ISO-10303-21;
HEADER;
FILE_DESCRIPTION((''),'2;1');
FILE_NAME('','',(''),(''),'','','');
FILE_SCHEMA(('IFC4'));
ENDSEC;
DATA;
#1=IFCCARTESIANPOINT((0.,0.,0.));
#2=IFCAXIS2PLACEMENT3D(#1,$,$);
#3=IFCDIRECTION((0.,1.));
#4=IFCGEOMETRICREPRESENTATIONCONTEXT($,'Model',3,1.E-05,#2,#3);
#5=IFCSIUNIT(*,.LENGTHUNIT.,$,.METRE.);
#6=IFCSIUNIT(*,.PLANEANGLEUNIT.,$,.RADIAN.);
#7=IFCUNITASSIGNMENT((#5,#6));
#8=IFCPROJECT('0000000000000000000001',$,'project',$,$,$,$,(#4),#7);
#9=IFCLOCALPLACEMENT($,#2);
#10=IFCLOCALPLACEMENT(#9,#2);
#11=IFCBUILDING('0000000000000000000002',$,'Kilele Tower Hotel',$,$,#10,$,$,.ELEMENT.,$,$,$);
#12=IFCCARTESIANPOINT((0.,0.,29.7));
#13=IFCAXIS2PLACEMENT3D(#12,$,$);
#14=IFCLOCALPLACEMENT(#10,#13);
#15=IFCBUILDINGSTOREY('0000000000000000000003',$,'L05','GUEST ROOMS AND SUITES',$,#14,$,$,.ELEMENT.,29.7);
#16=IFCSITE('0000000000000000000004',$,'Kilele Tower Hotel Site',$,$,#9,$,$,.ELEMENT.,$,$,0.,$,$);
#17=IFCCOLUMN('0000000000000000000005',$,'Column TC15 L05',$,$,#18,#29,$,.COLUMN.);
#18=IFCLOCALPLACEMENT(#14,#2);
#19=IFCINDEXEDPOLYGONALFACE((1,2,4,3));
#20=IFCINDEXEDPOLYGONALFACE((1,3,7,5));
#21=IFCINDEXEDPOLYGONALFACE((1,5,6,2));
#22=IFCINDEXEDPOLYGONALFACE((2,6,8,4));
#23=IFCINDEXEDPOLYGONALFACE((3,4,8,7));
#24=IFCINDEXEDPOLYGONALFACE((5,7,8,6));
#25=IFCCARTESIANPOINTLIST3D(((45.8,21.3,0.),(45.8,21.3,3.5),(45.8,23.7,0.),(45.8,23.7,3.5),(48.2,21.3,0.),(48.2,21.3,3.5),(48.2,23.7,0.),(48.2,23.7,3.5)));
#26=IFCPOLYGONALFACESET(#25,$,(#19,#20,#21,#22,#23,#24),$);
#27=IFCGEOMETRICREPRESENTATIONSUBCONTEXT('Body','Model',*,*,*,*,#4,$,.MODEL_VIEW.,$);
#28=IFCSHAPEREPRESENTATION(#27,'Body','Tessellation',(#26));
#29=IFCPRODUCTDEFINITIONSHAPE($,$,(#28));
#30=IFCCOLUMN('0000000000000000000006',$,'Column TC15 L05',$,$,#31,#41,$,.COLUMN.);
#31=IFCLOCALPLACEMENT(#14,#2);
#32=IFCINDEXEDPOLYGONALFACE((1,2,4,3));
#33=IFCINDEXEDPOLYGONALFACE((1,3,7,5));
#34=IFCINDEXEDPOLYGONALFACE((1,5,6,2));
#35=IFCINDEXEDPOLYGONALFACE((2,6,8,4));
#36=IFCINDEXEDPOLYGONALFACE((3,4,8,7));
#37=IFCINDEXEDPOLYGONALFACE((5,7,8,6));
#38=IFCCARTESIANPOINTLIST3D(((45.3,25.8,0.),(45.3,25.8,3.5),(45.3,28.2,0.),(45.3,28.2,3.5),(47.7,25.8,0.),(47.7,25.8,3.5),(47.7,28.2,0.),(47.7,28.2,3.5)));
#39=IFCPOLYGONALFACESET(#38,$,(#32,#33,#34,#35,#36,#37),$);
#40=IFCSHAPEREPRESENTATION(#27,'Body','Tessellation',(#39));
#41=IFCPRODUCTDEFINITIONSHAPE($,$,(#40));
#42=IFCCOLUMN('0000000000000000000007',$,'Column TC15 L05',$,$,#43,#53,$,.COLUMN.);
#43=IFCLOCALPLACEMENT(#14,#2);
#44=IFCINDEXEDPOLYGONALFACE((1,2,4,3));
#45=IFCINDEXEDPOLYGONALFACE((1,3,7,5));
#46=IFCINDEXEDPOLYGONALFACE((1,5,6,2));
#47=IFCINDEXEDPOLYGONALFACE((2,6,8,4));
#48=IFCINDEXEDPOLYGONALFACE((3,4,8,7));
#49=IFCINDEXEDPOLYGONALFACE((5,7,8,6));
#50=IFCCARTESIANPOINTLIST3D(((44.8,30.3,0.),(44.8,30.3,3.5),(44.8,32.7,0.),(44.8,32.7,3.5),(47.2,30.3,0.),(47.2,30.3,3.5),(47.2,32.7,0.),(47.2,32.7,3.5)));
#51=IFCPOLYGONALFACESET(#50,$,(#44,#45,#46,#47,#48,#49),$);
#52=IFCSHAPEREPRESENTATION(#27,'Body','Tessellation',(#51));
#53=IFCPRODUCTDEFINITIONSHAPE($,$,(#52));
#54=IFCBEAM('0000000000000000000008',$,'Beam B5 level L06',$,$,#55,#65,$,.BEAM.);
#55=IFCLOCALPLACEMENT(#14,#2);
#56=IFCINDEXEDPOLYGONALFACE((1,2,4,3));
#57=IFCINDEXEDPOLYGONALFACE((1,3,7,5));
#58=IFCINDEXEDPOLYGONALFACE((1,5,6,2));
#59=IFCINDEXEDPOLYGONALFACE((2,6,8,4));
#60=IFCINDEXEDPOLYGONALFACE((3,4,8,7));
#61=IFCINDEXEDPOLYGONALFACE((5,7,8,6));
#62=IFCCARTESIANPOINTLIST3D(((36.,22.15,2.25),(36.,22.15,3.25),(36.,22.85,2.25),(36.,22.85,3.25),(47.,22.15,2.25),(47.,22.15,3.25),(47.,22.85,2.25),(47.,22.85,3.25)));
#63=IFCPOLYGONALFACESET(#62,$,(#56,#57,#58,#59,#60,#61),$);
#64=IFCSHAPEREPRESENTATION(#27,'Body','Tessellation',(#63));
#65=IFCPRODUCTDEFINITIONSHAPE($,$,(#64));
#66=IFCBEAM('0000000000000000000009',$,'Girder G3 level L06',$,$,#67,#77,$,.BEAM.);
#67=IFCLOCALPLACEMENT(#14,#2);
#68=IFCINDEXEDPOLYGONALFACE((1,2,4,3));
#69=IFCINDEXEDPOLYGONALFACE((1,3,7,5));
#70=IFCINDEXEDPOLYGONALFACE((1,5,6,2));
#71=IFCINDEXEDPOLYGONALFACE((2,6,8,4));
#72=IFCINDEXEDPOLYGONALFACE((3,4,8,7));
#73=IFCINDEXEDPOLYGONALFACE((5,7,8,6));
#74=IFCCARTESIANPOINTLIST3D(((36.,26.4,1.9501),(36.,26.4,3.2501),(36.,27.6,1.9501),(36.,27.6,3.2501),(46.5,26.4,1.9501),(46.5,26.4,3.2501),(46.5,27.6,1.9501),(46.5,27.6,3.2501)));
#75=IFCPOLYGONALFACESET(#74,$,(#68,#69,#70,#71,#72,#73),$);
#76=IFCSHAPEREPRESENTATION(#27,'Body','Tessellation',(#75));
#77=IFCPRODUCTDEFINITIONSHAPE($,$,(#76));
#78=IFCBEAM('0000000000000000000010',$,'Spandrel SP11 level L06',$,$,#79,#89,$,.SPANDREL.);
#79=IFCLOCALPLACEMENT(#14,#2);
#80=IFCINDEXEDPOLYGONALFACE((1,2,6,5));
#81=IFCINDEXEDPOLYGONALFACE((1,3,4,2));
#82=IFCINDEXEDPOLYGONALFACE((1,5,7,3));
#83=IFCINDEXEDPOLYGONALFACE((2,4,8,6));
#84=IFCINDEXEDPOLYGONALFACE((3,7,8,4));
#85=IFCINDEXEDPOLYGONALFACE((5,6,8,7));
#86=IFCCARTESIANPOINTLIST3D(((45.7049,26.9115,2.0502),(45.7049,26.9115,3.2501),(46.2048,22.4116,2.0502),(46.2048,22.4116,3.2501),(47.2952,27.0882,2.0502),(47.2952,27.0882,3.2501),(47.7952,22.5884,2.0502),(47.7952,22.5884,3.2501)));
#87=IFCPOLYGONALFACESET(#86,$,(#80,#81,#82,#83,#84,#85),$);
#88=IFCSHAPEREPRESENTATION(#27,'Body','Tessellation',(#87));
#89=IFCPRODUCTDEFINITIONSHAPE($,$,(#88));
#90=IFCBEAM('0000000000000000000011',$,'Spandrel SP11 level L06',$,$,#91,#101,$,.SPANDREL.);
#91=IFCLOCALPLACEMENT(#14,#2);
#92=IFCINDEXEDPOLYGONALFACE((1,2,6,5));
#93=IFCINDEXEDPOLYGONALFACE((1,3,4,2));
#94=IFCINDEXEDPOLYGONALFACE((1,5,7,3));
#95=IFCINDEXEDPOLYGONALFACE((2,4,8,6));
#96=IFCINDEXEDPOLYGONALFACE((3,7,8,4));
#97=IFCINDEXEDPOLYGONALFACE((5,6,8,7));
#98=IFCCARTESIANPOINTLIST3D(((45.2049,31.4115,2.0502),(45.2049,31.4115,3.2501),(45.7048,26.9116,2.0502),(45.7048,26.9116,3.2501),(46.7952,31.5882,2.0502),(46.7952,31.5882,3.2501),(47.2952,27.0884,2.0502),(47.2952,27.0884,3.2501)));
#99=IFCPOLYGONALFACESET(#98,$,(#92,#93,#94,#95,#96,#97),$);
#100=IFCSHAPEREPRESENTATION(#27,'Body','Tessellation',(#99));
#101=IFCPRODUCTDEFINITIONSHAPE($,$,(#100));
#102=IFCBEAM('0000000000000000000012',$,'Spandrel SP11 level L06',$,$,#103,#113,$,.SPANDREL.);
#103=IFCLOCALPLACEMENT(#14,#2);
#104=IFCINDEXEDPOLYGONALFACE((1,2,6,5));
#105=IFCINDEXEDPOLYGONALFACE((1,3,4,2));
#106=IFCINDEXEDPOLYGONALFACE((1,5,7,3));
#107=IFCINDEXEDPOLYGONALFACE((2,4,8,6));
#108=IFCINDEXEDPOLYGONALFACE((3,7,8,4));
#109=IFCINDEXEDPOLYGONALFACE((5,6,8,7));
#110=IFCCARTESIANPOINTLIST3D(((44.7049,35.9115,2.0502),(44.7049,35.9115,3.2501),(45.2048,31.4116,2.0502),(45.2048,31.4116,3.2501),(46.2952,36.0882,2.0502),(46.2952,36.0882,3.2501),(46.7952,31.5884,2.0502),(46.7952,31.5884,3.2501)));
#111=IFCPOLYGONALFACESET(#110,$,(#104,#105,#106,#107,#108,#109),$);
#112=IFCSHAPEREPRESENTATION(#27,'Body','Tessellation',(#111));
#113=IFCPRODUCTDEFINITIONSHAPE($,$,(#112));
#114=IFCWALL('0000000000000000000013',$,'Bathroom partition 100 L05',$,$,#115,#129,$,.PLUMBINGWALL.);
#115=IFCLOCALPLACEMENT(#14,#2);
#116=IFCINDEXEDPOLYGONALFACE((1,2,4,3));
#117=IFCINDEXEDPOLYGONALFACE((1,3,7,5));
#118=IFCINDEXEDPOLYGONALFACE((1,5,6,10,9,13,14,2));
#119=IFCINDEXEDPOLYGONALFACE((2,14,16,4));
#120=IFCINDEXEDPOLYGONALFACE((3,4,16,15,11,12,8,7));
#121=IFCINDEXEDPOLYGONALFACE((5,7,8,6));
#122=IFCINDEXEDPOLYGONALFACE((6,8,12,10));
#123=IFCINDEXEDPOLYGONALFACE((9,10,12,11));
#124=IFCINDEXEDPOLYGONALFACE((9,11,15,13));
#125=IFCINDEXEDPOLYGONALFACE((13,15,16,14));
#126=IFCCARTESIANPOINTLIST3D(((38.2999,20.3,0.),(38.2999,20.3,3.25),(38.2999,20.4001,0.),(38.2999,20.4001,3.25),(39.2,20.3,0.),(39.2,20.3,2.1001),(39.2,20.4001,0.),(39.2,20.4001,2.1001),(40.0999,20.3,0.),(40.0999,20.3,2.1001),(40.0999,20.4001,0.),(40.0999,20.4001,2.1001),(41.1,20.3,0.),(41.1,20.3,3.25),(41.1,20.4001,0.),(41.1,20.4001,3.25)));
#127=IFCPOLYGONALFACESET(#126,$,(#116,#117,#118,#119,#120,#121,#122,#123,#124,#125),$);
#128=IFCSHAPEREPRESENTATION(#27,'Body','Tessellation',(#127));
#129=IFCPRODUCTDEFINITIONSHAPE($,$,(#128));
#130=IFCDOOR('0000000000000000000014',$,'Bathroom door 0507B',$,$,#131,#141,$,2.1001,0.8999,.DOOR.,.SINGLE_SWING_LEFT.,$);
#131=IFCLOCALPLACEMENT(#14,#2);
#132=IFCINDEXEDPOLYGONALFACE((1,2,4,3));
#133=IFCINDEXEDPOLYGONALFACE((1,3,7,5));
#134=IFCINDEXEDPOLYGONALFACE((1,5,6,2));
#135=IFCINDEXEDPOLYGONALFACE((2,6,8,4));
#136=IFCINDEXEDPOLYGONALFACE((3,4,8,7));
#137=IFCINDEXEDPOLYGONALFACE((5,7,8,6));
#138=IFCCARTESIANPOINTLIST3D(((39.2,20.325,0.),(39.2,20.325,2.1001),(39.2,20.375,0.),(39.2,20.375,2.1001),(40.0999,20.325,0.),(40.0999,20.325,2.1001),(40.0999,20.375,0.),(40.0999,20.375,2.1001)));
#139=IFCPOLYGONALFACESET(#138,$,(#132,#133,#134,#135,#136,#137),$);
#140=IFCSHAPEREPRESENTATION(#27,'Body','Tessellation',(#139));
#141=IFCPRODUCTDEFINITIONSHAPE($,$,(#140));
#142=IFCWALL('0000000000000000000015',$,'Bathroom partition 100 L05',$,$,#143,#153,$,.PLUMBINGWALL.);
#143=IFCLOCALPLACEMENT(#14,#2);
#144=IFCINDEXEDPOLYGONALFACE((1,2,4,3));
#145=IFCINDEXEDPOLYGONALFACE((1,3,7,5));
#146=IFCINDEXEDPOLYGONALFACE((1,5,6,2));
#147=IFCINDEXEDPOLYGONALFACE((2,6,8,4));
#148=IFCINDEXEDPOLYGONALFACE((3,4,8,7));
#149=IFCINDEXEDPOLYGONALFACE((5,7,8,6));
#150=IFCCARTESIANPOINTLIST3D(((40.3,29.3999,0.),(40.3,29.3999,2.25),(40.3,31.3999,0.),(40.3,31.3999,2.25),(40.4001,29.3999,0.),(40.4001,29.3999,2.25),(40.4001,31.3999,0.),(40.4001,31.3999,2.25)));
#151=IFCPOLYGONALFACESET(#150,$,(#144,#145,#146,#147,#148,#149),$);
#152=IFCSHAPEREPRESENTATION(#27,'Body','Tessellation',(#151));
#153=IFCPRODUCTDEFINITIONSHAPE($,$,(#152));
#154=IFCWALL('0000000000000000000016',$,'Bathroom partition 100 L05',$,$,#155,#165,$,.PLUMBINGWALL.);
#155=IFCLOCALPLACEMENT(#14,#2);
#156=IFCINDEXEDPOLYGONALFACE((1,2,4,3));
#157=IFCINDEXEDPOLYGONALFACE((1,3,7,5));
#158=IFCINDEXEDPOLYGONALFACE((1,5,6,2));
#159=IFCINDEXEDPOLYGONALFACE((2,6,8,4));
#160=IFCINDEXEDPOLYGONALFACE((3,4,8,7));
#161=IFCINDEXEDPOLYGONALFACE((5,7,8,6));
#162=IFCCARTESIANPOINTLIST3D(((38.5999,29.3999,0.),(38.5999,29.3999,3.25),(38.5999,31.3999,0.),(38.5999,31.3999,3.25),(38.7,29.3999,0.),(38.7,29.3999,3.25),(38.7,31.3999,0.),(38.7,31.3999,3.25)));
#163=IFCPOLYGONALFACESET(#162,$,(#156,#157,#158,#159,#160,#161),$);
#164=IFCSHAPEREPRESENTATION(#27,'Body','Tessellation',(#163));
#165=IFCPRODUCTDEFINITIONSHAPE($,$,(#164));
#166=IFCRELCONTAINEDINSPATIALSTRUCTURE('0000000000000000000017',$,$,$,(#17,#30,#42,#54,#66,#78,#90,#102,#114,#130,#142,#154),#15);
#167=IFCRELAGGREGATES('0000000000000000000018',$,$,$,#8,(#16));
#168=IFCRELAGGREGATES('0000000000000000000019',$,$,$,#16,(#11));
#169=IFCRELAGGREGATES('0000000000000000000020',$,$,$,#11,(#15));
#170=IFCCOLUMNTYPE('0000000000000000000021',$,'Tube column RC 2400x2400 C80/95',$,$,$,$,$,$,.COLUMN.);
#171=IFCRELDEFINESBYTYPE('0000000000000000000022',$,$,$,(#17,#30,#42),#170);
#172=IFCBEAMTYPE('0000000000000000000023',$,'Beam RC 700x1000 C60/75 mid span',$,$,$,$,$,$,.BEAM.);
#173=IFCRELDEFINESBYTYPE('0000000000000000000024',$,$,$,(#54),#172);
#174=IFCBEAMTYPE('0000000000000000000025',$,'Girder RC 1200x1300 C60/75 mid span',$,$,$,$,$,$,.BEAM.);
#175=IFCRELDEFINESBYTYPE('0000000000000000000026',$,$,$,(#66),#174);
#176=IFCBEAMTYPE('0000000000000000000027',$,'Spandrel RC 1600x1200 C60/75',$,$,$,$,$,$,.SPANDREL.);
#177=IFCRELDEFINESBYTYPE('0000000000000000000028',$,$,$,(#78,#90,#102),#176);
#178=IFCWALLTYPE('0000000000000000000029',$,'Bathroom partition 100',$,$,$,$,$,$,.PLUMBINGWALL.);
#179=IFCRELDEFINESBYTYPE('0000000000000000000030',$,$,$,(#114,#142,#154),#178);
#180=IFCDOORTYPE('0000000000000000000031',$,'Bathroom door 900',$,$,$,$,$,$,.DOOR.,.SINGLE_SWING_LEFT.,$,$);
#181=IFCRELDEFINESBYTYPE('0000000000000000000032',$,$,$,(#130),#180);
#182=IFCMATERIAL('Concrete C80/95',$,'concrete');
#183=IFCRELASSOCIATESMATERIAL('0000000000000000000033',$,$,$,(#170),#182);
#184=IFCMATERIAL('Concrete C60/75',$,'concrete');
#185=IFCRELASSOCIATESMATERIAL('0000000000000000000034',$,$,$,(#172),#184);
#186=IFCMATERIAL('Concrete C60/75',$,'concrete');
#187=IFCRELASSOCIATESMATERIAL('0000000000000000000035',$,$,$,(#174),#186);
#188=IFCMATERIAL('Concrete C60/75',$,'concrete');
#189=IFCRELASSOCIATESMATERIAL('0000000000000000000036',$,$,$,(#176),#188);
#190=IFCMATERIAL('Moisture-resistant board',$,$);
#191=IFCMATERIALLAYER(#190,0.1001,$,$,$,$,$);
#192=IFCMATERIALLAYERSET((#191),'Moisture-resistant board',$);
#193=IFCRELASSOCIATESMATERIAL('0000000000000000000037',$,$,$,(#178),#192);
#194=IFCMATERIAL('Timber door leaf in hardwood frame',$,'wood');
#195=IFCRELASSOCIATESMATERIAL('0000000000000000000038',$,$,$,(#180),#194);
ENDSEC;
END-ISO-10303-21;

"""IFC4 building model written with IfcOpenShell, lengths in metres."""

from ifc_helpers import new_model, si_unit, direction, frame, frame_2d, origin, origin_2d, place, context, subcontext, project, spatial, rectangle, extrude, material, layer, layer_set, material_profile, profile_set, type_object, element, fill, save


model = new_model("IFC4")

# Units and contexts
model_context = context("Model", 3, precision=1e-05, world=origin(), true_north=direction((0.0, 1.0)))
body_context = subcontext(model_context, "Body", "Model", "MODEL_VIEW")
ifc_project = project(units=[si_unit("LENGTHUNIT", "METRE"), si_unit("PLANEANGLEUNIT", "RADIAN")], contexts=[model_context])

# Site, building, storey
site_placement = place(None, origin())
site = spatial("IfcSite", under=ifc_project, at=site_placement, Name="Kilele Tower Hotel Site", CompositionType="ELEMENT", RefElevation=0.0)
building_placement = place(site_placement, origin())
building = spatial("IfcBuilding", under=site, at=building_placement, Name="Kilele Tower Hotel", CompositionType="ELEMENT")
storey_placement = place(building_placement, frame((0.0, 0.0, 29.7)))
storey = spatial("IfcBuildingStorey", under=building, at=storey_placement, Name="L05", Description="GUEST ROOMS AND SUITES", CompositionType="ELEMENT", Elevation=29.7)

# Columns
ifc_material_1 = material(Name="Concrete C80/95", Category="concrete")
ifc_material_profile_1 = material_profile(ifc_material_1, rectangle(XDim=2.3999, YDim=2.3999, at=origin_2d()))
ifc_profile_set_1 = profile_set([ifc_material_profile_1], Name="Concrete C80/95")
column_type = type_object("IfcColumnType", Name="Tube column RC 2400x2400 C80/95", PredefinedType="COLUMN", material=ifc_profile_set_1)
for number, where, z_axis, x_axis, name in (
    (1, (47.0, 22.5, 0.0), (0.0, 0.0, 1.0), (1.0, 0.0, 0.0), "Column TC15 L05"),
    (2, (46.5, 27.0, 0.0), (0.0, 0.0, 1.0), (1.0, 0.0, 0.0), "Column TC15 L05"),
    (3, (46.0, 31.5, 0.0), (0.0, 0.0, 1.0), (1.0, 0.0, 0.0), "Column TC15 L05"),
):
    element("IfcColumn", number, at=place(storey_placement, frame(where, z_axis=z_axis, x_axis=x_axis)), inside=storey, type_object=column_type, Name=name, PredefinedType="COLUMN", context=body_context, shape_type="SweptSolid", body=[
        extrude(rectangle(XDim=2.3999, YDim=2.3999, at=origin_2d()), origin(), (0.0, 0.0, 1.0), 3.5),
    ])

# Beams
ifc_material_2 = material(Name="Concrete C60/75", Category="concrete")
ifc_material_profile_2 = material_profile(ifc_material_2, rectangle(XDim=0.7, YDim=1.0, at=origin_2d()))
ifc_profile_set_2 = profile_set([ifc_material_profile_2], Name="Concrete C60/75")
beam_type_1 = type_object("IfcBeamType", Name="Beam RC 700x1000 C60/75 mid span", PredefinedType="BEAM", material=ifc_profile_set_2)
beam_1_placement = place(storey_placement, frame((47.0, 22.5, 2.75), z_axis=(-1.0, 0.0, 0.0), x_axis=(0.0, -1.0, 0.0)))
element("IfcBeam", 4, at=beam_1_placement, inside=storey, type_object=beam_type_1, Name="Beam B5 level L06", PredefinedType="BEAM", context=body_context, shape_type="SweptSolid", body=[
    extrude(rectangle(XDim=0.7, YDim=1.0, at=origin_2d()), origin(), (0.0, 0.0, 1.0), 11.0),
])
ifc_material_3 = material(Name="Concrete C60/75", Category="concrete")
ifc_material_profile_3 = material_profile(ifc_material_3, rectangle(XDim=1.2, YDim=1.3, at=origin_2d()))
ifc_profile_set_3 = profile_set([ifc_material_profile_3], Name="Concrete C60/75")
beam_type_2 = type_object("IfcBeamType", Name="Girder RC 1200x1300 C60/75 mid span", PredefinedType="BEAM", material=ifc_profile_set_3)
beam_2_placement = place(storey_placement, frame((46.5, 27.0, 2.6001), z_axis=(-1.0, 0.0, 0.0), x_axis=(0.0, -1.0, 0.0)))
element("IfcBeam", 5, at=beam_2_placement, inside=storey, type_object=beam_type_2, Name="Girder G3 level L06", PredefinedType="BEAM", context=body_context, shape_type="SweptSolid", body=[
    extrude(rectangle(XDim=1.2, YDim=1.3, at=origin_2d()), origin(), (0.0, 0.0, 1.0), 10.5),
])
ifc_material_4 = material(Name="Concrete C60/75", Category="concrete")
ifc_material_profile_4 = material_profile(ifc_material_4, rectangle(XDim=1.6001, YDim=1.2, at=origin_2d()))
ifc_profile_set_4 = profile_set([ifc_material_profile_4], Name="Concrete C60/75")
beam_type_3 = type_object("IfcBeamType", Name="Spandrel RC 1600x1200 C60/75", PredefinedType="SPANDREL", material=ifc_profile_set_4)
for number, where, z_axis, x_axis, name in (
    (6, (47.0, 22.5, 2.6501), (-0.110432, 0.993884, 0.0), (-0.993884, -0.110432, 0.0), "Spandrel SP11 level L06"),
    (7, (46.5, 27.0, 2.6501), (-0.110432, 0.993884, 0.0), (-0.993884, -0.110432, 0.0), "Spandrel SP11 level L06"),
    (8, (46.0, 31.5, 2.6501), (-0.110432, 0.993884, 0.0), (-0.993884, -0.110432, 0.0), "Spandrel SP11 level L06"),
):
    element("IfcBeam", number, at=place(storey_placement, frame(where, z_axis=z_axis, x_axis=x_axis)), inside=storey, type_object=beam_type_3, Name=name, PredefinedType="SPANDREL", context=body_context, shape_type="SweptSolid", body=[
        extrude(rectangle(XDim=1.6001, YDim=1.2, at=origin_2d()), origin(), (0.0, 0.0, 1.0), 4.5276),
    ])

# Wall, opening, door
ifc_material_5 = material(Name="Moisture-resistant board")
ifc_layer_1 = layer(ifc_material_5, 0.1001)
ifc_layer_set_1 = layer_set([ifc_layer_1], Name="Moisture-resistant board")
wall_type_1 = type_object("IfcWallType", Name="Bathroom partition 100", PredefinedType="PLUMBINGWALL", material=ifc_layer_set_1)
wall_1_placement = place(storey_placement, frame((38.3, 20.3501, 0.0), z_axis=(0.0, 0.0, 1.0), x_axis=(1.0, 0.0, 0.0)))
wall_1 = element("IfcWall", 9, at=wall_1_placement, inside=storey, type_object=wall_type_1, Name="Bathroom partition 100 L05", PredefinedType="PLUMBINGWALL", context=body_context, shape_type="SweptSolid", body=[
    extrude(rectangle(XDim=2.8, YDim=0.1001, at=frame_2d((1.3999, 0.0))), origin(), (0.0, 0.0, 1.0), 3.25),
])
opening_1_placement = place(wall_1_placement, frame((0.8999, 0.0, 0.0)))
opening_1 = element("IfcOpeningElement", 10, at=opening_1_placement, cuts=wall_1, PredefinedType="OPENING", context=body_context, shape_type="SweptSolid", body=[
    extrude(rectangle(XDim=0.8999, YDim=2.1001, at=frame_2d((0.45, 1.05))), frame((0.0, 0.0601, 0.0), z_axis=(0.0, -1.0, 0.0), x_axis=(1.0, 0.0, 0.0)), (0.0, 0.0, 1.0), 0.1201),
])
ifc_material_6 = material(Name="Timber door leaf in hardwood frame", Category="wood")
door_type_1 = type_object("IfcDoorType", Name="Bathroom door 900", OperationType="SINGLE_SWING_LEFT", PredefinedType="DOOR", material=ifc_material_6)
door_1_placement = place(opening_1_placement, origin())
door_1 = element("IfcDoor", 11, at=door_1_placement, inside=storey, type_object=door_type_1, Name="Bathroom door 0507B", OperationType="SINGLE_SWING_LEFT", OverallHeight=2.1001, OverallWidth=0.8999, PredefinedType="DOOR", context=body_context, shape_type="SweptSolid", body=[
    extrude(rectangle(XDim=0.8999, YDim=2.1001, at=frame_2d((0.45, 1.05))), frame((0.0, 0.0249, 0.0), z_axis=(0.0, -1.0, 0.0), x_axis=(1.0, 0.0, 0.0)), (0.0, 0.0, 1.0), 0.05),
])
fill(opening_1, door_1)

# Walls
wall_2_placement = place(storey_placement, frame((40.3501, 31.3999, 0.0), z_axis=(0.0, 0.0, 1.0), x_axis=(0.0, -1.0, 0.0)))
element("IfcWall", 12, at=wall_2_placement, inside=storey, type_object=wall_type_1, Name="Bathroom partition 100 L05", PredefinedType="PLUMBINGWALL", context=body_context, shape_type="SweptSolid", body=[
    extrude(rectangle(XDim=2.0, YDim=0.1001, at=frame_2d((1.0, 0.0))), origin(), (0.0, 0.0, 1.0), 2.25),
])
wall_3_placement = place(storey_placement, frame((38.6499, 31.3999, 0.0), z_axis=(0.0, 0.0, 1.0), x_axis=(0.0, -1.0, 0.0)))
element("IfcWall", 13, at=wall_3_placement, inside=storey, type_object=wall_type_1, Name="Bathroom partition 100 L05", PredefinedType="PLUMBINGWALL", context=body_context, shape_type="SweptSolid", body=[
    extrude(rectangle(XDim=2.0, YDim=0.1001, at=frame_2d((1.0, 0.0))), origin(), (0.0, 0.0, 1.0), 3.25),
])

save(model, "model.ifc")
